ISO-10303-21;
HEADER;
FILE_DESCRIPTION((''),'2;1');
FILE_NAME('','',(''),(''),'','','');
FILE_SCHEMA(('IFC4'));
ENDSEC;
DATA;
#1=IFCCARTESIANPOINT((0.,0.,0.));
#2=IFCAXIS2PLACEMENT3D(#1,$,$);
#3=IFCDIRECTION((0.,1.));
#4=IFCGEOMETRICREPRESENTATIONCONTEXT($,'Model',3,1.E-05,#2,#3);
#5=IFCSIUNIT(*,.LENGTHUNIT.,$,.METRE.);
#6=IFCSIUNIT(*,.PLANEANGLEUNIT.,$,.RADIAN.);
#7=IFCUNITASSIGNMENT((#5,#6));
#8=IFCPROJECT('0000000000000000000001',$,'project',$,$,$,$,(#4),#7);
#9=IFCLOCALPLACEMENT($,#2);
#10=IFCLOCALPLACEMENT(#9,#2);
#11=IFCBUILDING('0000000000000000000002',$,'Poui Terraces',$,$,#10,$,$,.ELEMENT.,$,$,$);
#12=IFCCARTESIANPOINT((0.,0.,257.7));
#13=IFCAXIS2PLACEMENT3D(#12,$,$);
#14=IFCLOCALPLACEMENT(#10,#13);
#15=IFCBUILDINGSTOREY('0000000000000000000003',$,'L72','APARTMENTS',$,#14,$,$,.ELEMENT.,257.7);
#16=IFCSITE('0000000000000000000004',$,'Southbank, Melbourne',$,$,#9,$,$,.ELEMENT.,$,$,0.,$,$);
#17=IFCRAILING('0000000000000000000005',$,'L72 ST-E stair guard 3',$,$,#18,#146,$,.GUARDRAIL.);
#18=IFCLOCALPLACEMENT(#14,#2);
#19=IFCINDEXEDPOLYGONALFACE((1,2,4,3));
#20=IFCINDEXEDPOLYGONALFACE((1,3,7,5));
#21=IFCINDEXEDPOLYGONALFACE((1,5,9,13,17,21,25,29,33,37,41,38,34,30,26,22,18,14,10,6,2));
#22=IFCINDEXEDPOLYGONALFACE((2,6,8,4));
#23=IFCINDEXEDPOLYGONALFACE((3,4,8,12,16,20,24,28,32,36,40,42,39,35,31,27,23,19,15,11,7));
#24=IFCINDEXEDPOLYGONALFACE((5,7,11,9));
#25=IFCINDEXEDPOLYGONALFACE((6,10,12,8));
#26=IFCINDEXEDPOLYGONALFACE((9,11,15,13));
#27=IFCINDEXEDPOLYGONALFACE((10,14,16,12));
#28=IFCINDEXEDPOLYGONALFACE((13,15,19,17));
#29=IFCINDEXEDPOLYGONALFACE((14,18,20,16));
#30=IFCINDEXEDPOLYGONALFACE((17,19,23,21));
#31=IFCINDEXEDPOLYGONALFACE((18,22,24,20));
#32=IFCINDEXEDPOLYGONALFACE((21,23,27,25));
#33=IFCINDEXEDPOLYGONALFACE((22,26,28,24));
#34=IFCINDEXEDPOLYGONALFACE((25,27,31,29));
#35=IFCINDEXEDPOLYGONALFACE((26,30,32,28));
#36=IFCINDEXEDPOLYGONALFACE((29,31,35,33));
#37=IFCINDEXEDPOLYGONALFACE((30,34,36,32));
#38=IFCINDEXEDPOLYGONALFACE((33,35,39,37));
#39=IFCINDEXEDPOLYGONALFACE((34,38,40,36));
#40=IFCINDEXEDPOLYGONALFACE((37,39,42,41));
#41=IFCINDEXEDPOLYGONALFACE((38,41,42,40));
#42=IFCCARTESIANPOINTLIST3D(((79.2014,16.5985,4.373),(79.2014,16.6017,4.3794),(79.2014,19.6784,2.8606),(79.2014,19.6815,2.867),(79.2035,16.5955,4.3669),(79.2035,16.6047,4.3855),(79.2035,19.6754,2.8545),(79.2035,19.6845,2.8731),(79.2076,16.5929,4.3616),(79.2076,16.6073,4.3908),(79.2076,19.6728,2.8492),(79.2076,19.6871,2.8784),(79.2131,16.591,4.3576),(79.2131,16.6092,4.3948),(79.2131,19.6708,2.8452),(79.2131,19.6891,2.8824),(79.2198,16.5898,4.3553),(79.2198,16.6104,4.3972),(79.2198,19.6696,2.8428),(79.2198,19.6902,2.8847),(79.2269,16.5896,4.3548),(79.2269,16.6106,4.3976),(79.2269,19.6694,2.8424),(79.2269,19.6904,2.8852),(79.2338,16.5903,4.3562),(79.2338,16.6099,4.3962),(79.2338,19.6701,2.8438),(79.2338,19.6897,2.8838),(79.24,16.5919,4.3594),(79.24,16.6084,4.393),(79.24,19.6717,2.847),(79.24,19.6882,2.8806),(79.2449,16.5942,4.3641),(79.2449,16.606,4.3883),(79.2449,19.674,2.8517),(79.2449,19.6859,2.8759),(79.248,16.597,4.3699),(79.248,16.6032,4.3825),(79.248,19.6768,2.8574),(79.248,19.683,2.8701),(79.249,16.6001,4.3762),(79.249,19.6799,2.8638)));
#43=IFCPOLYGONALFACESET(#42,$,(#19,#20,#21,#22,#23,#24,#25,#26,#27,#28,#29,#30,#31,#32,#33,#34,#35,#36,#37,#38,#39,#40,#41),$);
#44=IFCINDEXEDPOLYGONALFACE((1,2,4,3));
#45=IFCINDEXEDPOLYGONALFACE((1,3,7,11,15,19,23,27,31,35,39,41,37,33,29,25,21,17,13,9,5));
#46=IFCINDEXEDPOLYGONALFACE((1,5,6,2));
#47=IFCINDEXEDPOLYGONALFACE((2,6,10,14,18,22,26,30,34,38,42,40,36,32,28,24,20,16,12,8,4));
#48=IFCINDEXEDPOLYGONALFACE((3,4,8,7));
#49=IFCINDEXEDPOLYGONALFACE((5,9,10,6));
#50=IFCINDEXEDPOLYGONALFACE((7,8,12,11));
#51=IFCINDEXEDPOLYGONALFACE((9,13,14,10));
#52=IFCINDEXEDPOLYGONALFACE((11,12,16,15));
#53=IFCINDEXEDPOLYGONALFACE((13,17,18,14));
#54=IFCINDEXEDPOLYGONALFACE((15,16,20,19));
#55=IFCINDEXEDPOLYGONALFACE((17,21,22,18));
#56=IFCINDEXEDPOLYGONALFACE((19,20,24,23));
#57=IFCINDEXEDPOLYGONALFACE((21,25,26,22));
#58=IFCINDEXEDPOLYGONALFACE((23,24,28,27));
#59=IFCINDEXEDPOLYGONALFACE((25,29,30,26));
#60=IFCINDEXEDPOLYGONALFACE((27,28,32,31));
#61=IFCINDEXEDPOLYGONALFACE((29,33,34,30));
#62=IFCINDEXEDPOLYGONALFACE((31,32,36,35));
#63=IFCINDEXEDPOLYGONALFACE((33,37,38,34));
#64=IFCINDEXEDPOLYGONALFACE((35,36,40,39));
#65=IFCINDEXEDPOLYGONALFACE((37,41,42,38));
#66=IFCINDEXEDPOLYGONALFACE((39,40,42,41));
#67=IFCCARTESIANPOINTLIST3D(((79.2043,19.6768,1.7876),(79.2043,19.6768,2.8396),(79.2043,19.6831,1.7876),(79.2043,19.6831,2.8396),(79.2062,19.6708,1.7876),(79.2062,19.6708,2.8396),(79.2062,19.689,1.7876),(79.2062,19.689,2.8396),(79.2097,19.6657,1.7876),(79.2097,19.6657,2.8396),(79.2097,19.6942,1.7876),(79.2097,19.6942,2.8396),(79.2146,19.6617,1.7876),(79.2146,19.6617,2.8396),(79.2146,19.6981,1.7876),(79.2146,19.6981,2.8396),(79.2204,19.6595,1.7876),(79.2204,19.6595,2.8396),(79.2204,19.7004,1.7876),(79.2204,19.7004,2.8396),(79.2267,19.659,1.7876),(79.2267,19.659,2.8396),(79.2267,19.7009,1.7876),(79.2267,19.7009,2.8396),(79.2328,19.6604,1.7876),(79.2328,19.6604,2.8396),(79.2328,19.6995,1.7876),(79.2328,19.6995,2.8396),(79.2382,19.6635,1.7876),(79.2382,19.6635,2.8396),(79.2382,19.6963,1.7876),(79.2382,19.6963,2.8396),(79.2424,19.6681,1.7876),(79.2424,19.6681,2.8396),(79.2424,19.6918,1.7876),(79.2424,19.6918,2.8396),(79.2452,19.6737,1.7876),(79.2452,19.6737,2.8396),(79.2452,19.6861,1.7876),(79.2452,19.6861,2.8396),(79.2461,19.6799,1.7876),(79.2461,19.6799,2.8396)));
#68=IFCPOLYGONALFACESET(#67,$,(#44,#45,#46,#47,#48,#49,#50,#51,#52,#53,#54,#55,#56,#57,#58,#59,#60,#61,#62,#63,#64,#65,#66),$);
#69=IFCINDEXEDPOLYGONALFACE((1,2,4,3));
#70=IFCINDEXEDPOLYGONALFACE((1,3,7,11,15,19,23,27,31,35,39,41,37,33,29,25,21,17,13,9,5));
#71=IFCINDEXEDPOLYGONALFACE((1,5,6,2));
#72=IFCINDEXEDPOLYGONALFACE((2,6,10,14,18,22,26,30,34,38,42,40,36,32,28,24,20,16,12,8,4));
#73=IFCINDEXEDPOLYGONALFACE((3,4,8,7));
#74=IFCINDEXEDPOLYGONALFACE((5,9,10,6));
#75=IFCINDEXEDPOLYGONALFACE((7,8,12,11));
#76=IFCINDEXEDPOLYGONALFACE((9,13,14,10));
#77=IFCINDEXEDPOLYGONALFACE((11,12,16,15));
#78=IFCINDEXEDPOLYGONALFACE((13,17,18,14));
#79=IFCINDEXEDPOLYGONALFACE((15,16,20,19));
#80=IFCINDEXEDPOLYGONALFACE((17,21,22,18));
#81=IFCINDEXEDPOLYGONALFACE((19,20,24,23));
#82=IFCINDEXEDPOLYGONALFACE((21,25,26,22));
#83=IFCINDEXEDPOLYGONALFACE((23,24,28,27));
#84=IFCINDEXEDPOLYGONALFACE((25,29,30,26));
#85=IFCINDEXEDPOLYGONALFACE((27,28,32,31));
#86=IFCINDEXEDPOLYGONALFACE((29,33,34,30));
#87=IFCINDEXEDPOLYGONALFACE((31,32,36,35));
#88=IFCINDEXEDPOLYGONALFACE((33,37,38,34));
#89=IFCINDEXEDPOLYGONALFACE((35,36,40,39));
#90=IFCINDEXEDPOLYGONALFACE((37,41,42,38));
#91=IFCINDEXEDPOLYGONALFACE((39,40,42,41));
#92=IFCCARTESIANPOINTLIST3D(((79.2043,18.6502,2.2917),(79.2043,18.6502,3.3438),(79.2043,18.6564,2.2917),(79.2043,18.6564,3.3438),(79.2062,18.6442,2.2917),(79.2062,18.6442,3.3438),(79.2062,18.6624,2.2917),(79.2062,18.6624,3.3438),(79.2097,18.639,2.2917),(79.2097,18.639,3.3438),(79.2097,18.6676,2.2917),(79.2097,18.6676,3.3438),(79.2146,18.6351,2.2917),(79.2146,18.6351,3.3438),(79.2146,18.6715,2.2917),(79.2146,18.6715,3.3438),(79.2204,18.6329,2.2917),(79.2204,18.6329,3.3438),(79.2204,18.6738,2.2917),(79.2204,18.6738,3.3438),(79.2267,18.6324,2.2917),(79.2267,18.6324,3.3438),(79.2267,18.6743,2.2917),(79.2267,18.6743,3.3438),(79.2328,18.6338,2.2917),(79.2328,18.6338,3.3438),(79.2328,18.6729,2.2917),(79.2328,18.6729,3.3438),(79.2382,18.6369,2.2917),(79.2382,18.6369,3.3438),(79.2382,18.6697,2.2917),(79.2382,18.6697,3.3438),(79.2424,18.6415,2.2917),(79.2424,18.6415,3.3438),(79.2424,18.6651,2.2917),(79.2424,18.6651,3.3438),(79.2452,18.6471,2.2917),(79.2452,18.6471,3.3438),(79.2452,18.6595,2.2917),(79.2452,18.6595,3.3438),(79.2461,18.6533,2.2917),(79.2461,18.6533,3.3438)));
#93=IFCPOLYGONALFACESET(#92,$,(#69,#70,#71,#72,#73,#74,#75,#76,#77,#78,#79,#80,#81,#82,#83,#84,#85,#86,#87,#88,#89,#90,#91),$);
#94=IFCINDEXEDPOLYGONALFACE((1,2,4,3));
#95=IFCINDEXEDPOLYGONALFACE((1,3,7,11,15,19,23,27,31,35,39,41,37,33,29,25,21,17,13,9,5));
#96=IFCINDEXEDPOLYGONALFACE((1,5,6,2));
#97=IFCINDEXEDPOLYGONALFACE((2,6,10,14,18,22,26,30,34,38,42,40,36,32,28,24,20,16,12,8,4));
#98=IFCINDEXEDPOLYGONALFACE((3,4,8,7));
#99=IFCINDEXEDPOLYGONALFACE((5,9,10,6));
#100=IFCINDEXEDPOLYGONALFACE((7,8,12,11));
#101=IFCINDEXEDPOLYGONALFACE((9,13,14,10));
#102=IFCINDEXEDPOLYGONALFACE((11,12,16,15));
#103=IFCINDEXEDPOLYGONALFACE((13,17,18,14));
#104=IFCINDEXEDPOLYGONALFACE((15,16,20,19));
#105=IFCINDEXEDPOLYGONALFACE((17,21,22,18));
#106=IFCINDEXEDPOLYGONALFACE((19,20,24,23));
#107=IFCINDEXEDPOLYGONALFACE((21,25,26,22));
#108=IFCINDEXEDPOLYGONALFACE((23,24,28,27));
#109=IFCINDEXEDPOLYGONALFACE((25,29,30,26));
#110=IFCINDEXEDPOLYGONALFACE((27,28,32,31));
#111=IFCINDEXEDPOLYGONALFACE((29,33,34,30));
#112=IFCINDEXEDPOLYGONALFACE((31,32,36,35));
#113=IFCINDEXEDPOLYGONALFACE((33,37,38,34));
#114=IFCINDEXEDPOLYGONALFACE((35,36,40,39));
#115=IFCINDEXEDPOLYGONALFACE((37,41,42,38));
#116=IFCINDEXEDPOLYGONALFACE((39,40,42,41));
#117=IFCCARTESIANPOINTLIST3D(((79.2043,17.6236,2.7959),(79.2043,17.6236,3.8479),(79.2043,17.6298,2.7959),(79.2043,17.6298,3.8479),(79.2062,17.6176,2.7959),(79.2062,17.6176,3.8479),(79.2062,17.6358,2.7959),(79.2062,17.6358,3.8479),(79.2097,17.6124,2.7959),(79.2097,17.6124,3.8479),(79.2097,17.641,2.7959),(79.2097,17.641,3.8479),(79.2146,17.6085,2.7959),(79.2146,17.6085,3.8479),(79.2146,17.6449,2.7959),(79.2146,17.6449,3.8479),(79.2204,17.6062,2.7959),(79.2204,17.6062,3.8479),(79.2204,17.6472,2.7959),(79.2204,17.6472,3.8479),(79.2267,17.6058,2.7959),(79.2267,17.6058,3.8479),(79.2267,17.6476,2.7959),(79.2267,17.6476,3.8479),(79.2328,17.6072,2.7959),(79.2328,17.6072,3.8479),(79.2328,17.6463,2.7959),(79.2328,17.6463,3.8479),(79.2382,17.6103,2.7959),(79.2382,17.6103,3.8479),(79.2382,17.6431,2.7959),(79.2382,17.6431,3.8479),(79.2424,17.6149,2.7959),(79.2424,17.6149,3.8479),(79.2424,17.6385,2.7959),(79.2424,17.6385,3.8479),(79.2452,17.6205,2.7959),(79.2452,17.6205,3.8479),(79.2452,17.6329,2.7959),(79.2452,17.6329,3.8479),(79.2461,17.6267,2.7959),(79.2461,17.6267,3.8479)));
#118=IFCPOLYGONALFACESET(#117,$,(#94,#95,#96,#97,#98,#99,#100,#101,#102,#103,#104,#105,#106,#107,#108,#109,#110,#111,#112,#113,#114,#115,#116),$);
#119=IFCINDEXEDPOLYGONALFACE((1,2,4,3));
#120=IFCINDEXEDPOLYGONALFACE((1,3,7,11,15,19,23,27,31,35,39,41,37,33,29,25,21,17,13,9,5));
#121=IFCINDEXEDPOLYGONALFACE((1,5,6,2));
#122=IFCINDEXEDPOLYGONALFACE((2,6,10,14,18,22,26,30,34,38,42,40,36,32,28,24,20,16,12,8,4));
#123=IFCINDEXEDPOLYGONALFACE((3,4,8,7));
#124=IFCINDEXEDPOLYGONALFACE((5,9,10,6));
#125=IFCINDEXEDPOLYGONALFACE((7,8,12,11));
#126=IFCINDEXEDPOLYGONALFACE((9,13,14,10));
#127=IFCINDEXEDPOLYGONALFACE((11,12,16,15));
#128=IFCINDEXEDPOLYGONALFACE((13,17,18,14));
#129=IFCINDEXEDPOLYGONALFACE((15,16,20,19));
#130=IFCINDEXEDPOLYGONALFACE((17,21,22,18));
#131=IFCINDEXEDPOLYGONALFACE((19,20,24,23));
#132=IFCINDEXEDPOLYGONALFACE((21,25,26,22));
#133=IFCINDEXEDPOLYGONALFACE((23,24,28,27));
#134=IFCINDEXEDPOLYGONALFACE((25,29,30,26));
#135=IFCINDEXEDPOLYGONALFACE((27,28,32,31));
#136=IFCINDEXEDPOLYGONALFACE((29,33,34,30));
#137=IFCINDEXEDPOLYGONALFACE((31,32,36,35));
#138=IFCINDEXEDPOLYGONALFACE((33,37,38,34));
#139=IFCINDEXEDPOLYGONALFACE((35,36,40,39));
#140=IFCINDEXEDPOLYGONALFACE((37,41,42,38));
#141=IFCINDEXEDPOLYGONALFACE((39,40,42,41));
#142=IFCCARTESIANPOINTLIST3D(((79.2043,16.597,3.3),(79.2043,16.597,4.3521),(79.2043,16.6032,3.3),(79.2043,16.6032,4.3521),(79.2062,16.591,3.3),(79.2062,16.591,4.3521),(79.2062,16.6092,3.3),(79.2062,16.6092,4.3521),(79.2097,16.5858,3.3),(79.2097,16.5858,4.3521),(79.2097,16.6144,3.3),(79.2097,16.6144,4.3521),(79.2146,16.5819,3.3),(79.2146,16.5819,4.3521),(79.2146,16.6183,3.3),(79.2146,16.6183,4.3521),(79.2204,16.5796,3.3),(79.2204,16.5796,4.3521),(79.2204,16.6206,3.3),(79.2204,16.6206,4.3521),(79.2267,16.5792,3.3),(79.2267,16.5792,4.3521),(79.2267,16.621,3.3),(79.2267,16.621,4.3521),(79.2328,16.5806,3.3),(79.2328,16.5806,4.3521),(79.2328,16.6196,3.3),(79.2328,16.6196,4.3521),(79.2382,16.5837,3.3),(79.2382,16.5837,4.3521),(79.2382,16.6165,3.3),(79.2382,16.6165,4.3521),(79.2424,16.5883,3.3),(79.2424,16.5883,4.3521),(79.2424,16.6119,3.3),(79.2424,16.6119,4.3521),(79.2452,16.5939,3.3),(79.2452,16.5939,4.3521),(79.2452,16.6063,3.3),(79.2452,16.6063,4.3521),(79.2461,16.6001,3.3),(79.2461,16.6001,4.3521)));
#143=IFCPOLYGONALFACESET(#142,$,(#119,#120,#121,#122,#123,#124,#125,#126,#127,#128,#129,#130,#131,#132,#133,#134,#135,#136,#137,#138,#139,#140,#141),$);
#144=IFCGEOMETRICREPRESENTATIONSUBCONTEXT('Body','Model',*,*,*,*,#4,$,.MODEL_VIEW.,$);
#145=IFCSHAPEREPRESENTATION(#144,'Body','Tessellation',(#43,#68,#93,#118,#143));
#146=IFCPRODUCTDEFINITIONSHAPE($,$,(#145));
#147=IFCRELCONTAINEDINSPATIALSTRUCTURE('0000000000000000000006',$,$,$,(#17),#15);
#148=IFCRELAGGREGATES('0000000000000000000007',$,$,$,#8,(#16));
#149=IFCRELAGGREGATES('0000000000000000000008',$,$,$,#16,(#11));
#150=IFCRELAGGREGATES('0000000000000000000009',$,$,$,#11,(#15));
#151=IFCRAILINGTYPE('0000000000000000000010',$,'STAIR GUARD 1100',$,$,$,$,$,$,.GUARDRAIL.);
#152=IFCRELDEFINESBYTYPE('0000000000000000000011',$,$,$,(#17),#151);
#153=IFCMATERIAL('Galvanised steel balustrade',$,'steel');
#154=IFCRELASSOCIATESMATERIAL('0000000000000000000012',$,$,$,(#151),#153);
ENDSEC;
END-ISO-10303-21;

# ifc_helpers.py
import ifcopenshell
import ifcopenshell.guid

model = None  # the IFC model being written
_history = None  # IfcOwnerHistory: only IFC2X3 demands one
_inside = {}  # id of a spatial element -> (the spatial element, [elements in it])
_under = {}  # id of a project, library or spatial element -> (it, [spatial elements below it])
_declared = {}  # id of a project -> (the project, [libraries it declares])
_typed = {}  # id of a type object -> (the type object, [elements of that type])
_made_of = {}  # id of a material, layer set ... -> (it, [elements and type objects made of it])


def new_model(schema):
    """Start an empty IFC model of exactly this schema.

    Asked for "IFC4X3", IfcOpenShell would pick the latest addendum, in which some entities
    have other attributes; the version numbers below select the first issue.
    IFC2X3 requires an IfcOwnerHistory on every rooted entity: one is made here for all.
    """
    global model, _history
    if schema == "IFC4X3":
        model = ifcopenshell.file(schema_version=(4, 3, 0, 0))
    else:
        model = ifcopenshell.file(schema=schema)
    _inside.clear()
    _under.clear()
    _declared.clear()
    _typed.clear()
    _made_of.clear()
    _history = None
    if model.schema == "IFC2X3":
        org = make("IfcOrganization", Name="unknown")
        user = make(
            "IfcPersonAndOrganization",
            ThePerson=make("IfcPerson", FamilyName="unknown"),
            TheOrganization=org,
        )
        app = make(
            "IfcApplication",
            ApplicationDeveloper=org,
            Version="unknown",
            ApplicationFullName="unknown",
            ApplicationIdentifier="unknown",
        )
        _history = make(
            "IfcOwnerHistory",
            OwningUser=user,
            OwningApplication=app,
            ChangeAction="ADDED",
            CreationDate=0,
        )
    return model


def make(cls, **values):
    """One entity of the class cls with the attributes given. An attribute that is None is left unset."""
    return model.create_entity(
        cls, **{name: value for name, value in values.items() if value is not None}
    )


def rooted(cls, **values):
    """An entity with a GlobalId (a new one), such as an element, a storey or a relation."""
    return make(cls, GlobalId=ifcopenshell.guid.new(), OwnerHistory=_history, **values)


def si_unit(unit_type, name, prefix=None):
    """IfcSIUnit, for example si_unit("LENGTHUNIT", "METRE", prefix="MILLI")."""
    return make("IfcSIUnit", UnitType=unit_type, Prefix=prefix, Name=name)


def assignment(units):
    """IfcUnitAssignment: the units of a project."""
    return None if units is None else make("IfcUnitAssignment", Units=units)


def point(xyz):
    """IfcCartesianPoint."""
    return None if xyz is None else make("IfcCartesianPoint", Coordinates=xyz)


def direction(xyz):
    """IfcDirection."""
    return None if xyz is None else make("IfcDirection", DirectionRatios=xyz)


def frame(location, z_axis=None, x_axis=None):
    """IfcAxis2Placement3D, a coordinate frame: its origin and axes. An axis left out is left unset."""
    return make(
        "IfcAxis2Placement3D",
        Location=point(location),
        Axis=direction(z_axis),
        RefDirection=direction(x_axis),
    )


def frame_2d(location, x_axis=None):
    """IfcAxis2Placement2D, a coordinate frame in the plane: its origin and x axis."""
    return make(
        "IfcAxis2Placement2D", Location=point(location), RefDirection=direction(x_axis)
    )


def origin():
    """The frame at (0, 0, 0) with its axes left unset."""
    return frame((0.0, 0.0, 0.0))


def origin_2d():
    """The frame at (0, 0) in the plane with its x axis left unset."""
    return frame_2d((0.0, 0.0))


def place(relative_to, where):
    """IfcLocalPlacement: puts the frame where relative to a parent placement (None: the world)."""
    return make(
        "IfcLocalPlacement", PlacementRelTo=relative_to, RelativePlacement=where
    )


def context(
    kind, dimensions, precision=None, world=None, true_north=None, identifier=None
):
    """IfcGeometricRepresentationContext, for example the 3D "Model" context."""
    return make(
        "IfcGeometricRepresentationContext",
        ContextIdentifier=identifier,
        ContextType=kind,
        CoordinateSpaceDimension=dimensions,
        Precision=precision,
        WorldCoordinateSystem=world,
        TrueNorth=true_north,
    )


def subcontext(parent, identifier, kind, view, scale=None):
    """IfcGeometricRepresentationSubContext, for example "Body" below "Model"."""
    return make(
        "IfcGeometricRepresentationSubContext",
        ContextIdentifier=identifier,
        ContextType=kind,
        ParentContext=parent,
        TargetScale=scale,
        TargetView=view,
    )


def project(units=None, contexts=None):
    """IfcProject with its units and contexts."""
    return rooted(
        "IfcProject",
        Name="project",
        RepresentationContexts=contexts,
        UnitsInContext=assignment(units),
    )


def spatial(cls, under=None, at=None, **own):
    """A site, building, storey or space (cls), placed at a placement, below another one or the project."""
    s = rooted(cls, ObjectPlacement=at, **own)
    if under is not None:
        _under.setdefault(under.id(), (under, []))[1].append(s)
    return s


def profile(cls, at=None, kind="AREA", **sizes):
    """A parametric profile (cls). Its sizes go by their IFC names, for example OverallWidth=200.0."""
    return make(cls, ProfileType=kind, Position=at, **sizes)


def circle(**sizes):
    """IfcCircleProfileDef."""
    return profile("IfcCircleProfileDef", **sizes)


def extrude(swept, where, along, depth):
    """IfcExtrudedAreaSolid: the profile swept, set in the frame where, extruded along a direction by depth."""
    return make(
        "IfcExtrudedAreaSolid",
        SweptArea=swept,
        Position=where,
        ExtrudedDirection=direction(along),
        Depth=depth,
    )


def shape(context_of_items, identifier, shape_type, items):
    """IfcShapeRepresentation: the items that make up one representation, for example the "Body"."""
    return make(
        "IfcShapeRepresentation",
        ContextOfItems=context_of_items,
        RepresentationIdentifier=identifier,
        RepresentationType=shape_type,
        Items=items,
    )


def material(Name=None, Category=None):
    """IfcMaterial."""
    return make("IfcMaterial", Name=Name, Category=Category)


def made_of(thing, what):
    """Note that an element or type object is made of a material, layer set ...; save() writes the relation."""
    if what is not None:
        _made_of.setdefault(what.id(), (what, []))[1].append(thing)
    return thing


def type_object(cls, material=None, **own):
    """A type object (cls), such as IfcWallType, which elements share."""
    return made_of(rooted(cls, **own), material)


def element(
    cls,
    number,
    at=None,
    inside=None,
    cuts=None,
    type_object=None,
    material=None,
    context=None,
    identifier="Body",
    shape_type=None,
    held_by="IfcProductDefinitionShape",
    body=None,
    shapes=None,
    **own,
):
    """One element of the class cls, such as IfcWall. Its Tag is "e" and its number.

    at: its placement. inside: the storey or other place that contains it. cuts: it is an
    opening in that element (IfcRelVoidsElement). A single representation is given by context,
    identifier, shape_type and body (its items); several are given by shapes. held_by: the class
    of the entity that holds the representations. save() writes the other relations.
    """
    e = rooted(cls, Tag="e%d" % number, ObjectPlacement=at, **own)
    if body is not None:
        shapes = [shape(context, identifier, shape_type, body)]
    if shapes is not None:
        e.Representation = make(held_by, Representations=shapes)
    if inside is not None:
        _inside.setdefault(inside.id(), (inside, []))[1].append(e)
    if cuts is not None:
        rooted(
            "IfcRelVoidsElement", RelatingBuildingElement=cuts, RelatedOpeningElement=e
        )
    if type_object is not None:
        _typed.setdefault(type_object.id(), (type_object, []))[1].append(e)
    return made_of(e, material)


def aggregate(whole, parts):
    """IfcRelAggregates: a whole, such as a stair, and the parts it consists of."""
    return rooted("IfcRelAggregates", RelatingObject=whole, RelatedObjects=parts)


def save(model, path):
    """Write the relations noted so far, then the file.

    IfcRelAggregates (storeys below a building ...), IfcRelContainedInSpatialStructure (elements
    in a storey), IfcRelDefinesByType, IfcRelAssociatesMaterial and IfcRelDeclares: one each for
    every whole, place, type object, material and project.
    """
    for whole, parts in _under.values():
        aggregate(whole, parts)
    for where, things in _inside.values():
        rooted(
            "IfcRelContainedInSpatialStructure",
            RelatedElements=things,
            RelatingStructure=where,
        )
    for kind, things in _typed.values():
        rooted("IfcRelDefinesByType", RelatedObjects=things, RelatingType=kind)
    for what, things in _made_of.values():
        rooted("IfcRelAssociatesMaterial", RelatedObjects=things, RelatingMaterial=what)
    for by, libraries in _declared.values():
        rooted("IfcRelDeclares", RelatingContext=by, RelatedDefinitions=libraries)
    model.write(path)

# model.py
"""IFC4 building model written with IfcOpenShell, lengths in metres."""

from ifc_helpers import new_model, si_unit, direction, frame, origin, origin_2d, place, context, subcontext, project, spatial, circle, extrude, material, type_object, element, save


model = new_model("IFC4")

# Units and contexts
model_context = context("Model", 3, precision=1e-05, world=origin(), true_north=direction((0.0, 1.0)))
body_context = subcontext(model_context, "Body", "Model", "MODEL_VIEW")
ifc_project = project(units=[si_unit("LENGTHUNIT", "METRE"), si_unit("PLANEANGLEUNIT", "RADIAN")], contexts=[model_context])

# Site, building, storey
site_placement = place(None, origin())
site = spatial("IfcSite", under=ifc_project, at=site_placement, Name="Southbank, Melbourne", CompositionType="ELEMENT", RefElevation=0.0)
building_placement = place(site_placement, origin())
building = spatial("IfcBuilding", under=site, at=building_placement, Name="Poui Terraces", CompositionType="ELEMENT")
storey_placement = place(building_placement, frame((0.0, 0.0, 257.7)))
storey = spatial("IfcBuildingStorey", under=building, at=storey_placement, Name="L72", Description="APARTMENTS", CompositionType="ELEMENT", Elevation=257.7)

# Railing
ifc_material_1 = material(Name="Galvanised steel balustrade", Category="steel")
railing_type_1 = type_object("IfcRailingType", Name="STAIR GUARD 1100", PredefinedType="GUARDRAIL", material=ifc_material_1)
railing_1_placement = place(storey_placement, frame((79.2251, 19.6799, 1.7876)))
element("IfcRailing", 1, at=railing_1_placement, inside=storey, type_object=railing_type_1, Name="L72 ST-E stair guard 3", PredefinedType="GUARDRAIL", context=body_context, shape_type="SweptSolid", body=[
    extrude(circle(Radius=0.0239, at=origin_2d()), frame((0.0, 0.0, 1.0762), z_axis=(0.0, -0.897606, 0.440798), x_axis=(1.0, 0.0, 0.0)), (0.0, 0.0, 1.0), 3.4312),
    extrude(circle(Radius=0.021, at=origin_2d()), origin(), (0.0, 0.0, 1.0), 1.052),
    extrude(circle(Radius=0.021, at=origin_2d()), frame((0.0, -1.0266, 0.5042)), (0.0, 0.0, 1.0), 1.052),
    extrude(circle(Radius=0.021, at=origin_2d()), frame((0.0, -2.0532, 1.0083)), (0.0, 0.0, 1.0), 1.052),
    extrude(circle(Radius=0.021, at=origin_2d()), frame((0.0, -3.0798, 1.5125)), (0.0, 0.0, 1.0), 1.052),
])

save(model, "model.ifc")
